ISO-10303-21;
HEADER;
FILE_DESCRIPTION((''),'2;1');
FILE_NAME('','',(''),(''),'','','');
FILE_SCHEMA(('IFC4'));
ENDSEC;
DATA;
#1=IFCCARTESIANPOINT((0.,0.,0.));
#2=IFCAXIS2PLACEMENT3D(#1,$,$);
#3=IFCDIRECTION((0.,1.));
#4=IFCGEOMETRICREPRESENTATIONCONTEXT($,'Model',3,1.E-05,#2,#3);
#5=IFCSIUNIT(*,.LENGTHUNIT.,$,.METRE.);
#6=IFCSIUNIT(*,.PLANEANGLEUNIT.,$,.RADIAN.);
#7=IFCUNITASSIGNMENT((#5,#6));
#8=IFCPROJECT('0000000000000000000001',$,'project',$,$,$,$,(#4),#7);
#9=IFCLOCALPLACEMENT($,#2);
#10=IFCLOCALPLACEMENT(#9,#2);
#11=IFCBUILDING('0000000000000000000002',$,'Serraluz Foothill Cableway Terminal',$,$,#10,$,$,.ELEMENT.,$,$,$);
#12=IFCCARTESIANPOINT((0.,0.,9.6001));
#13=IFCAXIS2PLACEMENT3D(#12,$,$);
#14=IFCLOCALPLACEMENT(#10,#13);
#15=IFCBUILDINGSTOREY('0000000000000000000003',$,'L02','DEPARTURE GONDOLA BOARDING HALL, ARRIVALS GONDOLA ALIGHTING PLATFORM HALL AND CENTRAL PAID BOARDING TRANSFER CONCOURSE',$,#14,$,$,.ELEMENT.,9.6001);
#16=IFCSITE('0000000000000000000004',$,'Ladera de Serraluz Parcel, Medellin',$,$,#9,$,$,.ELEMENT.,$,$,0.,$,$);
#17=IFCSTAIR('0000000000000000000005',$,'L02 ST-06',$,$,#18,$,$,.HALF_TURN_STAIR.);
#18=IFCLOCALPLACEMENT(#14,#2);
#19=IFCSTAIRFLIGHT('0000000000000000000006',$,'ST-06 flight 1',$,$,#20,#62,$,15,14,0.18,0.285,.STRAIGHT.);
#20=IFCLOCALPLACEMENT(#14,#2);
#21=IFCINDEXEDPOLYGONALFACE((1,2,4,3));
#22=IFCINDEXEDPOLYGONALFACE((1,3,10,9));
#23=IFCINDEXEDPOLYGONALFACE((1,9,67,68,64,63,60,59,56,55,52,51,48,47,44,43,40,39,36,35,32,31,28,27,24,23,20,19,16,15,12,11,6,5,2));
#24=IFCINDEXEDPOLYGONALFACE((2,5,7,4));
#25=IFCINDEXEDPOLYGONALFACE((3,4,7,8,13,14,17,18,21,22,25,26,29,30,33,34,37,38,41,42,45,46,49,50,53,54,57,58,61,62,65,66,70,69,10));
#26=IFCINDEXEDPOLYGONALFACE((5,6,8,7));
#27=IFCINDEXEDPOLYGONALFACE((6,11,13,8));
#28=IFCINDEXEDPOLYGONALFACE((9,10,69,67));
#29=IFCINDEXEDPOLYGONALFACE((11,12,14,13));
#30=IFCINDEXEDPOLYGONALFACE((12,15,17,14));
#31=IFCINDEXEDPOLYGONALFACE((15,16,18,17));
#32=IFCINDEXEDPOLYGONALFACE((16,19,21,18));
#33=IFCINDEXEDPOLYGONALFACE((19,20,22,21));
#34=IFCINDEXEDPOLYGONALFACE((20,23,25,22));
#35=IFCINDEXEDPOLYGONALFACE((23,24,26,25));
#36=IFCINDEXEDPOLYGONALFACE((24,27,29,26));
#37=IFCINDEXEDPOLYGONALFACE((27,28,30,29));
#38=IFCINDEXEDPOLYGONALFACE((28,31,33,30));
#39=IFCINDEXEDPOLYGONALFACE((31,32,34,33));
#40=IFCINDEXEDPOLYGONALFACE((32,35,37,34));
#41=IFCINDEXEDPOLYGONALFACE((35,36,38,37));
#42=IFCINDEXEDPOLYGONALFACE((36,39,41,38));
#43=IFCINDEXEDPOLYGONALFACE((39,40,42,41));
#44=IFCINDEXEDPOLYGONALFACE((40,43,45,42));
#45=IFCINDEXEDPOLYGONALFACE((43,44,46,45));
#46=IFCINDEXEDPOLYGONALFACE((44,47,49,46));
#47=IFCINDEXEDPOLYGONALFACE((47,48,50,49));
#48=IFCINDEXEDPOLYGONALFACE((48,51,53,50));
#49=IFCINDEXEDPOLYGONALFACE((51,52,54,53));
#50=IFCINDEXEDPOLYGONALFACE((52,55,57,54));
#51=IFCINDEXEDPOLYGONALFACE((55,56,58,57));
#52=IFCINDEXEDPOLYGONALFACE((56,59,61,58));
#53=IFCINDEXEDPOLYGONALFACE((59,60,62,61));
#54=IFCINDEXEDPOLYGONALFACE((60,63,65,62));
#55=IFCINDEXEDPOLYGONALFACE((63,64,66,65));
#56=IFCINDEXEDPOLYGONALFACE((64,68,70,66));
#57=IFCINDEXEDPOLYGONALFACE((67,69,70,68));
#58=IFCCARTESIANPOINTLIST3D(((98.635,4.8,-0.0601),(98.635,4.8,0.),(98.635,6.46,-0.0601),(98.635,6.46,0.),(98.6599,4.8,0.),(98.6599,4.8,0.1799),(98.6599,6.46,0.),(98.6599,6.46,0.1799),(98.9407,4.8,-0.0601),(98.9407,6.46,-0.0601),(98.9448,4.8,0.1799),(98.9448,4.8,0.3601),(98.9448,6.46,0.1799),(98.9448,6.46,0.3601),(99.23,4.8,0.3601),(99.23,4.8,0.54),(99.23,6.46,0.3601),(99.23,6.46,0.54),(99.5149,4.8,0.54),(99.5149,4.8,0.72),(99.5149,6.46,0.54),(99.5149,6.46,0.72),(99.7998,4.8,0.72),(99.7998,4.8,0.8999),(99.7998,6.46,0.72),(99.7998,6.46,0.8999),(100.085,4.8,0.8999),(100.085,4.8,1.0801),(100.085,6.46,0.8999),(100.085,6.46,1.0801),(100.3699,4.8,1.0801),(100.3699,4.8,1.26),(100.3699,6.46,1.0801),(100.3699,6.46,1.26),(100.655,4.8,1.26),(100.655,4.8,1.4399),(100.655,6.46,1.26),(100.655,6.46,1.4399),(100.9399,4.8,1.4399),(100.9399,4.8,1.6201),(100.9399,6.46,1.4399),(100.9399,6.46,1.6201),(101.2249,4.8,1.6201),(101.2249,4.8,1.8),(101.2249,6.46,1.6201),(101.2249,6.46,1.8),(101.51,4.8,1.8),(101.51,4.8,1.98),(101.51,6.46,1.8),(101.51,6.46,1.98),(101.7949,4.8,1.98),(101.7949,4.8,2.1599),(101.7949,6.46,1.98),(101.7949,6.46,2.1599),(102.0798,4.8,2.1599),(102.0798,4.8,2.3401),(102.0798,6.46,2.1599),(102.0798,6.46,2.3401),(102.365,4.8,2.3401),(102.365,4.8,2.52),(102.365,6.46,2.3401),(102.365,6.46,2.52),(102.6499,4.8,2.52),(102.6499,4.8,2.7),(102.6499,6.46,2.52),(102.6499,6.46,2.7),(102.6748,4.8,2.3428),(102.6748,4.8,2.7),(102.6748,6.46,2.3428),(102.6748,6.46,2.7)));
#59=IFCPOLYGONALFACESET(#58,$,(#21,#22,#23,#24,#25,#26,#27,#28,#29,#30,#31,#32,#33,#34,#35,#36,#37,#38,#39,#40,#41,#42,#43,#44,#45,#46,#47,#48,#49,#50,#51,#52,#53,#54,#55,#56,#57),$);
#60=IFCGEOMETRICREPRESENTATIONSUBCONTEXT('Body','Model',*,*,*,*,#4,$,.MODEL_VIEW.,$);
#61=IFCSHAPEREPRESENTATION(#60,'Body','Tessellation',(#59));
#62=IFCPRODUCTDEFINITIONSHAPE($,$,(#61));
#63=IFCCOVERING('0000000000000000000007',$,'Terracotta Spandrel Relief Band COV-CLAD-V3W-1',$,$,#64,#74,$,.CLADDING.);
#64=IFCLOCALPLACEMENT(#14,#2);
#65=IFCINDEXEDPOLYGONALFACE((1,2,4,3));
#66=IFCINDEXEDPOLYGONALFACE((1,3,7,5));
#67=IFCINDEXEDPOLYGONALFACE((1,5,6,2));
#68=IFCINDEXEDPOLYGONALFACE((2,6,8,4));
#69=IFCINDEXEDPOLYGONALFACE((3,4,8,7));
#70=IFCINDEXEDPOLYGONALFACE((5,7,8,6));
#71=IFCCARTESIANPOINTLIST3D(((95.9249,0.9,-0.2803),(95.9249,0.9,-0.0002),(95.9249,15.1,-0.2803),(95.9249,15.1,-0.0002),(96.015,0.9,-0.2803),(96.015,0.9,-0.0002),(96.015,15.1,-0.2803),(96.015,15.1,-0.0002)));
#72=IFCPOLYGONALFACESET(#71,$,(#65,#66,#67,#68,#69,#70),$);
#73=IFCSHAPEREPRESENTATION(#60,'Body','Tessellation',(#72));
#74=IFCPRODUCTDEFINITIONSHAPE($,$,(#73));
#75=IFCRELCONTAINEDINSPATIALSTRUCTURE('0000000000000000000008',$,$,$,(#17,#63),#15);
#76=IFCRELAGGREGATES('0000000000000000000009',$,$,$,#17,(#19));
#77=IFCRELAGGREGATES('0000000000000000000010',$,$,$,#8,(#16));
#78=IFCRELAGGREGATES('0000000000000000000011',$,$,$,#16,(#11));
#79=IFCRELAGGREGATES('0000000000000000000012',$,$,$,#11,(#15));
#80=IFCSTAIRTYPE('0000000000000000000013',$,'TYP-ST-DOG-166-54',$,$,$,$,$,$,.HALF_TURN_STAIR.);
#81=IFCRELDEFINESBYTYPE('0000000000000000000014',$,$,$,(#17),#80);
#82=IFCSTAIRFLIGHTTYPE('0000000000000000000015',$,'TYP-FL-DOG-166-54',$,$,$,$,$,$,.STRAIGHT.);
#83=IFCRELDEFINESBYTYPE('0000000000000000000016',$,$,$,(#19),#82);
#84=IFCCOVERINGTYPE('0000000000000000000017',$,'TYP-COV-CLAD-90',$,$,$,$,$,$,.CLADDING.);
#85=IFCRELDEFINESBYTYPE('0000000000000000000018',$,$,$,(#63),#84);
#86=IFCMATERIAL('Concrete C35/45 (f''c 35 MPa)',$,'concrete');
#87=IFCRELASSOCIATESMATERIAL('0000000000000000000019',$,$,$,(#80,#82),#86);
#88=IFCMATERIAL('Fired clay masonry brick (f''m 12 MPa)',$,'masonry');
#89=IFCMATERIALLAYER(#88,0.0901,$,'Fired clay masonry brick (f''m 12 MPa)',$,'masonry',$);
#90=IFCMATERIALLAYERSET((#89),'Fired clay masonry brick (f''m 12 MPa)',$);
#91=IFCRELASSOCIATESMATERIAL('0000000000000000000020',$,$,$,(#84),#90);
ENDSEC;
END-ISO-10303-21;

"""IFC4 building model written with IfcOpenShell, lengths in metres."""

from ifc_helpers import new_model, si_unit, direction, frame, origin, origin_2d, place, context, subcontext, project, spatial, polyline, rectangle, outline, extrude, material, layer, layer_set, type_object, element, aggregate, save


model = new_model("IFC4")

# Units and contexts
model_context = context("Model", 3, precision=1e-05, world=origin(), true_north=direction((0.0, 1.0)))
body_context = subcontext(model_context, "Body", "Model", "MODEL_VIEW")
ifc_project = project(units=[si_unit("LENGTHUNIT", "METRE"), si_unit("PLANEANGLEUNIT", "RADIAN")], contexts=[model_context])

# Site, building, storey
site_placement = place(None, origin())
site = spatial("IfcSite", under=ifc_project, at=site_placement, Name="Ladera de Serraluz Parcel, Medellin", CompositionType="ELEMENT", RefElevation=0.0)
building_placement = place(site_placement, origin())
building = spatial("IfcBuilding", under=site, at=building_placement, Name="Serraluz Foothill Cableway Terminal", CompositionType="ELEMENT")
storey_placement = place(building_placement, frame((0.0, 0.0, 9.6001)))
storey = spatial("IfcBuildingStorey", under=building, at=storey_placement, Name="L02", Description="DEPARTURE GONDOLA BOARDING HALL, ARRIVALS GONDOLA ALIGHTING PLATFORM HALL AND CENTRAL PAID BOARDING TRANSFER CONCOURSE", CompositionType="ELEMENT", Elevation=9.6001)

# Shared definitions
ifc_material_1 = material(Name="Fired clay masonry brick (f'm 12 MPa)", Category="masonry")

# Shared definitions
ifc_material_2 = material(Name="Concrete C35/45 (f'c 35 MPa)", Category="concrete")

# Stair, stair flight
stair_type = type_object("IfcStairType", Name="TYP-ST-DOG-166-54", PredefinedType="HALF_TURN_STAIR", material=ifc_material_2)
stair_placement = place(storey_placement, origin())
stair = element("IfcStair", 1, at=stair_placement, inside=storey, type_object=stair_type, Name="L02 ST-06", PredefinedType="HALF_TURN_STAIR")
stair_flight_type = type_object("IfcStairFlightType", Name="TYP-FL-DOG-166-54", PredefinedType="STRAIGHT", material=ifc_material_2)
stair_flight_placement = place(storey_placement, frame((98.6599, 5.6299, 0.0), z_axis=(0.0, 0.0, 1.0), x_axis=(1.0, 0.0, 0.0)))
stair_flight = element("IfcStairFlight", 2, at=stair_flight_placement, type_object=stair_flight_type, Name="ST-06 flight 1", NumberOfRisers=15, NumberOfTreads=14, PredefinedType="STRAIGHT", RiserHeight=0.18, TreadLength=0.285, context=body_context, shape_type="SweptSolid", body=[
    extrude(outline(polyline([(-0.0249, -0.0601), (-0.0249, 0.0), (0.0, 0.0), (0.0, 0.1799), (0.2849, 0.1799), (0.2849, 0.3601), (0.5701, 0.3601), (0.5701, 0.54), (0.855, 0.54), (0.855, 0.72), (1.1399, 0.72), (1.1399, 0.8999), (1.425, 0.8999), (1.425, 1.0801), (1.71, 1.0801), (1.71, 1.26), (1.9951, 1.26), (1.9951, 1.4399), (2.28, 1.4399), (2.28, 1.6201), (2.5649, 1.6201), (2.5649, 1.8), (2.8501, 1.8), (2.8501, 1.98), (3.135, 1.98), (3.135, 2.1599), (3.4199, 2.1599), (3.4199, 2.3401), (3.7051, 2.3401), (3.7051, 2.52), (3.99, 2.52), (3.99, 2.7), (4.0149, 2.7), (4.0149, 2.3428), (0.2808, -0.0601), (-0.0249, -0.0601)])), frame((0.0, 0.8301, 0.0), z_axis=(0.0, -1.0, 0.0), x_axis=(1.0, 0.0, 0.0)), (0.0, 0.0, 1.0), 1.6599),
])
aggregate(stair, [stair_flight])

# Covering
ifc_layer_1 = layer(ifc_material_1, 0.0901, Name="Fired clay masonry brick (f'm 12 MPa)", Category="masonry")
ifc_layer_set_1 = layer_set([ifc_layer_1], Name="Fired clay masonry brick (f'm 12 MPa)")
covering_type = type_object("IfcCoveringType", Name="TYP-COV-CLAD-90", PredefinedType="CLADDING", material=ifc_layer_set_1)
covering_placement = place(storey_placement, frame((95.97, 8.0, -0.2803), z_axis=(0.0, 0.0, 1.0), x_axis=(0.0, 1.0, 0.0)))
element("IfcCovering", 3, at=covering_placement, inside=storey, type_object=covering_type, Name="Terracotta Spandrel Relief Band COV-CLAD-V3W-1", PredefinedType="CLADDING", context=body_context, shape_type="SweptSolid", body=[
    extrude(rectangle(XDim=14.2, YDim=0.0901, at=origin_2d()), origin(), (0.0, 0.0, 1.0), 0.28),
])

save(model, "model.ifc")
